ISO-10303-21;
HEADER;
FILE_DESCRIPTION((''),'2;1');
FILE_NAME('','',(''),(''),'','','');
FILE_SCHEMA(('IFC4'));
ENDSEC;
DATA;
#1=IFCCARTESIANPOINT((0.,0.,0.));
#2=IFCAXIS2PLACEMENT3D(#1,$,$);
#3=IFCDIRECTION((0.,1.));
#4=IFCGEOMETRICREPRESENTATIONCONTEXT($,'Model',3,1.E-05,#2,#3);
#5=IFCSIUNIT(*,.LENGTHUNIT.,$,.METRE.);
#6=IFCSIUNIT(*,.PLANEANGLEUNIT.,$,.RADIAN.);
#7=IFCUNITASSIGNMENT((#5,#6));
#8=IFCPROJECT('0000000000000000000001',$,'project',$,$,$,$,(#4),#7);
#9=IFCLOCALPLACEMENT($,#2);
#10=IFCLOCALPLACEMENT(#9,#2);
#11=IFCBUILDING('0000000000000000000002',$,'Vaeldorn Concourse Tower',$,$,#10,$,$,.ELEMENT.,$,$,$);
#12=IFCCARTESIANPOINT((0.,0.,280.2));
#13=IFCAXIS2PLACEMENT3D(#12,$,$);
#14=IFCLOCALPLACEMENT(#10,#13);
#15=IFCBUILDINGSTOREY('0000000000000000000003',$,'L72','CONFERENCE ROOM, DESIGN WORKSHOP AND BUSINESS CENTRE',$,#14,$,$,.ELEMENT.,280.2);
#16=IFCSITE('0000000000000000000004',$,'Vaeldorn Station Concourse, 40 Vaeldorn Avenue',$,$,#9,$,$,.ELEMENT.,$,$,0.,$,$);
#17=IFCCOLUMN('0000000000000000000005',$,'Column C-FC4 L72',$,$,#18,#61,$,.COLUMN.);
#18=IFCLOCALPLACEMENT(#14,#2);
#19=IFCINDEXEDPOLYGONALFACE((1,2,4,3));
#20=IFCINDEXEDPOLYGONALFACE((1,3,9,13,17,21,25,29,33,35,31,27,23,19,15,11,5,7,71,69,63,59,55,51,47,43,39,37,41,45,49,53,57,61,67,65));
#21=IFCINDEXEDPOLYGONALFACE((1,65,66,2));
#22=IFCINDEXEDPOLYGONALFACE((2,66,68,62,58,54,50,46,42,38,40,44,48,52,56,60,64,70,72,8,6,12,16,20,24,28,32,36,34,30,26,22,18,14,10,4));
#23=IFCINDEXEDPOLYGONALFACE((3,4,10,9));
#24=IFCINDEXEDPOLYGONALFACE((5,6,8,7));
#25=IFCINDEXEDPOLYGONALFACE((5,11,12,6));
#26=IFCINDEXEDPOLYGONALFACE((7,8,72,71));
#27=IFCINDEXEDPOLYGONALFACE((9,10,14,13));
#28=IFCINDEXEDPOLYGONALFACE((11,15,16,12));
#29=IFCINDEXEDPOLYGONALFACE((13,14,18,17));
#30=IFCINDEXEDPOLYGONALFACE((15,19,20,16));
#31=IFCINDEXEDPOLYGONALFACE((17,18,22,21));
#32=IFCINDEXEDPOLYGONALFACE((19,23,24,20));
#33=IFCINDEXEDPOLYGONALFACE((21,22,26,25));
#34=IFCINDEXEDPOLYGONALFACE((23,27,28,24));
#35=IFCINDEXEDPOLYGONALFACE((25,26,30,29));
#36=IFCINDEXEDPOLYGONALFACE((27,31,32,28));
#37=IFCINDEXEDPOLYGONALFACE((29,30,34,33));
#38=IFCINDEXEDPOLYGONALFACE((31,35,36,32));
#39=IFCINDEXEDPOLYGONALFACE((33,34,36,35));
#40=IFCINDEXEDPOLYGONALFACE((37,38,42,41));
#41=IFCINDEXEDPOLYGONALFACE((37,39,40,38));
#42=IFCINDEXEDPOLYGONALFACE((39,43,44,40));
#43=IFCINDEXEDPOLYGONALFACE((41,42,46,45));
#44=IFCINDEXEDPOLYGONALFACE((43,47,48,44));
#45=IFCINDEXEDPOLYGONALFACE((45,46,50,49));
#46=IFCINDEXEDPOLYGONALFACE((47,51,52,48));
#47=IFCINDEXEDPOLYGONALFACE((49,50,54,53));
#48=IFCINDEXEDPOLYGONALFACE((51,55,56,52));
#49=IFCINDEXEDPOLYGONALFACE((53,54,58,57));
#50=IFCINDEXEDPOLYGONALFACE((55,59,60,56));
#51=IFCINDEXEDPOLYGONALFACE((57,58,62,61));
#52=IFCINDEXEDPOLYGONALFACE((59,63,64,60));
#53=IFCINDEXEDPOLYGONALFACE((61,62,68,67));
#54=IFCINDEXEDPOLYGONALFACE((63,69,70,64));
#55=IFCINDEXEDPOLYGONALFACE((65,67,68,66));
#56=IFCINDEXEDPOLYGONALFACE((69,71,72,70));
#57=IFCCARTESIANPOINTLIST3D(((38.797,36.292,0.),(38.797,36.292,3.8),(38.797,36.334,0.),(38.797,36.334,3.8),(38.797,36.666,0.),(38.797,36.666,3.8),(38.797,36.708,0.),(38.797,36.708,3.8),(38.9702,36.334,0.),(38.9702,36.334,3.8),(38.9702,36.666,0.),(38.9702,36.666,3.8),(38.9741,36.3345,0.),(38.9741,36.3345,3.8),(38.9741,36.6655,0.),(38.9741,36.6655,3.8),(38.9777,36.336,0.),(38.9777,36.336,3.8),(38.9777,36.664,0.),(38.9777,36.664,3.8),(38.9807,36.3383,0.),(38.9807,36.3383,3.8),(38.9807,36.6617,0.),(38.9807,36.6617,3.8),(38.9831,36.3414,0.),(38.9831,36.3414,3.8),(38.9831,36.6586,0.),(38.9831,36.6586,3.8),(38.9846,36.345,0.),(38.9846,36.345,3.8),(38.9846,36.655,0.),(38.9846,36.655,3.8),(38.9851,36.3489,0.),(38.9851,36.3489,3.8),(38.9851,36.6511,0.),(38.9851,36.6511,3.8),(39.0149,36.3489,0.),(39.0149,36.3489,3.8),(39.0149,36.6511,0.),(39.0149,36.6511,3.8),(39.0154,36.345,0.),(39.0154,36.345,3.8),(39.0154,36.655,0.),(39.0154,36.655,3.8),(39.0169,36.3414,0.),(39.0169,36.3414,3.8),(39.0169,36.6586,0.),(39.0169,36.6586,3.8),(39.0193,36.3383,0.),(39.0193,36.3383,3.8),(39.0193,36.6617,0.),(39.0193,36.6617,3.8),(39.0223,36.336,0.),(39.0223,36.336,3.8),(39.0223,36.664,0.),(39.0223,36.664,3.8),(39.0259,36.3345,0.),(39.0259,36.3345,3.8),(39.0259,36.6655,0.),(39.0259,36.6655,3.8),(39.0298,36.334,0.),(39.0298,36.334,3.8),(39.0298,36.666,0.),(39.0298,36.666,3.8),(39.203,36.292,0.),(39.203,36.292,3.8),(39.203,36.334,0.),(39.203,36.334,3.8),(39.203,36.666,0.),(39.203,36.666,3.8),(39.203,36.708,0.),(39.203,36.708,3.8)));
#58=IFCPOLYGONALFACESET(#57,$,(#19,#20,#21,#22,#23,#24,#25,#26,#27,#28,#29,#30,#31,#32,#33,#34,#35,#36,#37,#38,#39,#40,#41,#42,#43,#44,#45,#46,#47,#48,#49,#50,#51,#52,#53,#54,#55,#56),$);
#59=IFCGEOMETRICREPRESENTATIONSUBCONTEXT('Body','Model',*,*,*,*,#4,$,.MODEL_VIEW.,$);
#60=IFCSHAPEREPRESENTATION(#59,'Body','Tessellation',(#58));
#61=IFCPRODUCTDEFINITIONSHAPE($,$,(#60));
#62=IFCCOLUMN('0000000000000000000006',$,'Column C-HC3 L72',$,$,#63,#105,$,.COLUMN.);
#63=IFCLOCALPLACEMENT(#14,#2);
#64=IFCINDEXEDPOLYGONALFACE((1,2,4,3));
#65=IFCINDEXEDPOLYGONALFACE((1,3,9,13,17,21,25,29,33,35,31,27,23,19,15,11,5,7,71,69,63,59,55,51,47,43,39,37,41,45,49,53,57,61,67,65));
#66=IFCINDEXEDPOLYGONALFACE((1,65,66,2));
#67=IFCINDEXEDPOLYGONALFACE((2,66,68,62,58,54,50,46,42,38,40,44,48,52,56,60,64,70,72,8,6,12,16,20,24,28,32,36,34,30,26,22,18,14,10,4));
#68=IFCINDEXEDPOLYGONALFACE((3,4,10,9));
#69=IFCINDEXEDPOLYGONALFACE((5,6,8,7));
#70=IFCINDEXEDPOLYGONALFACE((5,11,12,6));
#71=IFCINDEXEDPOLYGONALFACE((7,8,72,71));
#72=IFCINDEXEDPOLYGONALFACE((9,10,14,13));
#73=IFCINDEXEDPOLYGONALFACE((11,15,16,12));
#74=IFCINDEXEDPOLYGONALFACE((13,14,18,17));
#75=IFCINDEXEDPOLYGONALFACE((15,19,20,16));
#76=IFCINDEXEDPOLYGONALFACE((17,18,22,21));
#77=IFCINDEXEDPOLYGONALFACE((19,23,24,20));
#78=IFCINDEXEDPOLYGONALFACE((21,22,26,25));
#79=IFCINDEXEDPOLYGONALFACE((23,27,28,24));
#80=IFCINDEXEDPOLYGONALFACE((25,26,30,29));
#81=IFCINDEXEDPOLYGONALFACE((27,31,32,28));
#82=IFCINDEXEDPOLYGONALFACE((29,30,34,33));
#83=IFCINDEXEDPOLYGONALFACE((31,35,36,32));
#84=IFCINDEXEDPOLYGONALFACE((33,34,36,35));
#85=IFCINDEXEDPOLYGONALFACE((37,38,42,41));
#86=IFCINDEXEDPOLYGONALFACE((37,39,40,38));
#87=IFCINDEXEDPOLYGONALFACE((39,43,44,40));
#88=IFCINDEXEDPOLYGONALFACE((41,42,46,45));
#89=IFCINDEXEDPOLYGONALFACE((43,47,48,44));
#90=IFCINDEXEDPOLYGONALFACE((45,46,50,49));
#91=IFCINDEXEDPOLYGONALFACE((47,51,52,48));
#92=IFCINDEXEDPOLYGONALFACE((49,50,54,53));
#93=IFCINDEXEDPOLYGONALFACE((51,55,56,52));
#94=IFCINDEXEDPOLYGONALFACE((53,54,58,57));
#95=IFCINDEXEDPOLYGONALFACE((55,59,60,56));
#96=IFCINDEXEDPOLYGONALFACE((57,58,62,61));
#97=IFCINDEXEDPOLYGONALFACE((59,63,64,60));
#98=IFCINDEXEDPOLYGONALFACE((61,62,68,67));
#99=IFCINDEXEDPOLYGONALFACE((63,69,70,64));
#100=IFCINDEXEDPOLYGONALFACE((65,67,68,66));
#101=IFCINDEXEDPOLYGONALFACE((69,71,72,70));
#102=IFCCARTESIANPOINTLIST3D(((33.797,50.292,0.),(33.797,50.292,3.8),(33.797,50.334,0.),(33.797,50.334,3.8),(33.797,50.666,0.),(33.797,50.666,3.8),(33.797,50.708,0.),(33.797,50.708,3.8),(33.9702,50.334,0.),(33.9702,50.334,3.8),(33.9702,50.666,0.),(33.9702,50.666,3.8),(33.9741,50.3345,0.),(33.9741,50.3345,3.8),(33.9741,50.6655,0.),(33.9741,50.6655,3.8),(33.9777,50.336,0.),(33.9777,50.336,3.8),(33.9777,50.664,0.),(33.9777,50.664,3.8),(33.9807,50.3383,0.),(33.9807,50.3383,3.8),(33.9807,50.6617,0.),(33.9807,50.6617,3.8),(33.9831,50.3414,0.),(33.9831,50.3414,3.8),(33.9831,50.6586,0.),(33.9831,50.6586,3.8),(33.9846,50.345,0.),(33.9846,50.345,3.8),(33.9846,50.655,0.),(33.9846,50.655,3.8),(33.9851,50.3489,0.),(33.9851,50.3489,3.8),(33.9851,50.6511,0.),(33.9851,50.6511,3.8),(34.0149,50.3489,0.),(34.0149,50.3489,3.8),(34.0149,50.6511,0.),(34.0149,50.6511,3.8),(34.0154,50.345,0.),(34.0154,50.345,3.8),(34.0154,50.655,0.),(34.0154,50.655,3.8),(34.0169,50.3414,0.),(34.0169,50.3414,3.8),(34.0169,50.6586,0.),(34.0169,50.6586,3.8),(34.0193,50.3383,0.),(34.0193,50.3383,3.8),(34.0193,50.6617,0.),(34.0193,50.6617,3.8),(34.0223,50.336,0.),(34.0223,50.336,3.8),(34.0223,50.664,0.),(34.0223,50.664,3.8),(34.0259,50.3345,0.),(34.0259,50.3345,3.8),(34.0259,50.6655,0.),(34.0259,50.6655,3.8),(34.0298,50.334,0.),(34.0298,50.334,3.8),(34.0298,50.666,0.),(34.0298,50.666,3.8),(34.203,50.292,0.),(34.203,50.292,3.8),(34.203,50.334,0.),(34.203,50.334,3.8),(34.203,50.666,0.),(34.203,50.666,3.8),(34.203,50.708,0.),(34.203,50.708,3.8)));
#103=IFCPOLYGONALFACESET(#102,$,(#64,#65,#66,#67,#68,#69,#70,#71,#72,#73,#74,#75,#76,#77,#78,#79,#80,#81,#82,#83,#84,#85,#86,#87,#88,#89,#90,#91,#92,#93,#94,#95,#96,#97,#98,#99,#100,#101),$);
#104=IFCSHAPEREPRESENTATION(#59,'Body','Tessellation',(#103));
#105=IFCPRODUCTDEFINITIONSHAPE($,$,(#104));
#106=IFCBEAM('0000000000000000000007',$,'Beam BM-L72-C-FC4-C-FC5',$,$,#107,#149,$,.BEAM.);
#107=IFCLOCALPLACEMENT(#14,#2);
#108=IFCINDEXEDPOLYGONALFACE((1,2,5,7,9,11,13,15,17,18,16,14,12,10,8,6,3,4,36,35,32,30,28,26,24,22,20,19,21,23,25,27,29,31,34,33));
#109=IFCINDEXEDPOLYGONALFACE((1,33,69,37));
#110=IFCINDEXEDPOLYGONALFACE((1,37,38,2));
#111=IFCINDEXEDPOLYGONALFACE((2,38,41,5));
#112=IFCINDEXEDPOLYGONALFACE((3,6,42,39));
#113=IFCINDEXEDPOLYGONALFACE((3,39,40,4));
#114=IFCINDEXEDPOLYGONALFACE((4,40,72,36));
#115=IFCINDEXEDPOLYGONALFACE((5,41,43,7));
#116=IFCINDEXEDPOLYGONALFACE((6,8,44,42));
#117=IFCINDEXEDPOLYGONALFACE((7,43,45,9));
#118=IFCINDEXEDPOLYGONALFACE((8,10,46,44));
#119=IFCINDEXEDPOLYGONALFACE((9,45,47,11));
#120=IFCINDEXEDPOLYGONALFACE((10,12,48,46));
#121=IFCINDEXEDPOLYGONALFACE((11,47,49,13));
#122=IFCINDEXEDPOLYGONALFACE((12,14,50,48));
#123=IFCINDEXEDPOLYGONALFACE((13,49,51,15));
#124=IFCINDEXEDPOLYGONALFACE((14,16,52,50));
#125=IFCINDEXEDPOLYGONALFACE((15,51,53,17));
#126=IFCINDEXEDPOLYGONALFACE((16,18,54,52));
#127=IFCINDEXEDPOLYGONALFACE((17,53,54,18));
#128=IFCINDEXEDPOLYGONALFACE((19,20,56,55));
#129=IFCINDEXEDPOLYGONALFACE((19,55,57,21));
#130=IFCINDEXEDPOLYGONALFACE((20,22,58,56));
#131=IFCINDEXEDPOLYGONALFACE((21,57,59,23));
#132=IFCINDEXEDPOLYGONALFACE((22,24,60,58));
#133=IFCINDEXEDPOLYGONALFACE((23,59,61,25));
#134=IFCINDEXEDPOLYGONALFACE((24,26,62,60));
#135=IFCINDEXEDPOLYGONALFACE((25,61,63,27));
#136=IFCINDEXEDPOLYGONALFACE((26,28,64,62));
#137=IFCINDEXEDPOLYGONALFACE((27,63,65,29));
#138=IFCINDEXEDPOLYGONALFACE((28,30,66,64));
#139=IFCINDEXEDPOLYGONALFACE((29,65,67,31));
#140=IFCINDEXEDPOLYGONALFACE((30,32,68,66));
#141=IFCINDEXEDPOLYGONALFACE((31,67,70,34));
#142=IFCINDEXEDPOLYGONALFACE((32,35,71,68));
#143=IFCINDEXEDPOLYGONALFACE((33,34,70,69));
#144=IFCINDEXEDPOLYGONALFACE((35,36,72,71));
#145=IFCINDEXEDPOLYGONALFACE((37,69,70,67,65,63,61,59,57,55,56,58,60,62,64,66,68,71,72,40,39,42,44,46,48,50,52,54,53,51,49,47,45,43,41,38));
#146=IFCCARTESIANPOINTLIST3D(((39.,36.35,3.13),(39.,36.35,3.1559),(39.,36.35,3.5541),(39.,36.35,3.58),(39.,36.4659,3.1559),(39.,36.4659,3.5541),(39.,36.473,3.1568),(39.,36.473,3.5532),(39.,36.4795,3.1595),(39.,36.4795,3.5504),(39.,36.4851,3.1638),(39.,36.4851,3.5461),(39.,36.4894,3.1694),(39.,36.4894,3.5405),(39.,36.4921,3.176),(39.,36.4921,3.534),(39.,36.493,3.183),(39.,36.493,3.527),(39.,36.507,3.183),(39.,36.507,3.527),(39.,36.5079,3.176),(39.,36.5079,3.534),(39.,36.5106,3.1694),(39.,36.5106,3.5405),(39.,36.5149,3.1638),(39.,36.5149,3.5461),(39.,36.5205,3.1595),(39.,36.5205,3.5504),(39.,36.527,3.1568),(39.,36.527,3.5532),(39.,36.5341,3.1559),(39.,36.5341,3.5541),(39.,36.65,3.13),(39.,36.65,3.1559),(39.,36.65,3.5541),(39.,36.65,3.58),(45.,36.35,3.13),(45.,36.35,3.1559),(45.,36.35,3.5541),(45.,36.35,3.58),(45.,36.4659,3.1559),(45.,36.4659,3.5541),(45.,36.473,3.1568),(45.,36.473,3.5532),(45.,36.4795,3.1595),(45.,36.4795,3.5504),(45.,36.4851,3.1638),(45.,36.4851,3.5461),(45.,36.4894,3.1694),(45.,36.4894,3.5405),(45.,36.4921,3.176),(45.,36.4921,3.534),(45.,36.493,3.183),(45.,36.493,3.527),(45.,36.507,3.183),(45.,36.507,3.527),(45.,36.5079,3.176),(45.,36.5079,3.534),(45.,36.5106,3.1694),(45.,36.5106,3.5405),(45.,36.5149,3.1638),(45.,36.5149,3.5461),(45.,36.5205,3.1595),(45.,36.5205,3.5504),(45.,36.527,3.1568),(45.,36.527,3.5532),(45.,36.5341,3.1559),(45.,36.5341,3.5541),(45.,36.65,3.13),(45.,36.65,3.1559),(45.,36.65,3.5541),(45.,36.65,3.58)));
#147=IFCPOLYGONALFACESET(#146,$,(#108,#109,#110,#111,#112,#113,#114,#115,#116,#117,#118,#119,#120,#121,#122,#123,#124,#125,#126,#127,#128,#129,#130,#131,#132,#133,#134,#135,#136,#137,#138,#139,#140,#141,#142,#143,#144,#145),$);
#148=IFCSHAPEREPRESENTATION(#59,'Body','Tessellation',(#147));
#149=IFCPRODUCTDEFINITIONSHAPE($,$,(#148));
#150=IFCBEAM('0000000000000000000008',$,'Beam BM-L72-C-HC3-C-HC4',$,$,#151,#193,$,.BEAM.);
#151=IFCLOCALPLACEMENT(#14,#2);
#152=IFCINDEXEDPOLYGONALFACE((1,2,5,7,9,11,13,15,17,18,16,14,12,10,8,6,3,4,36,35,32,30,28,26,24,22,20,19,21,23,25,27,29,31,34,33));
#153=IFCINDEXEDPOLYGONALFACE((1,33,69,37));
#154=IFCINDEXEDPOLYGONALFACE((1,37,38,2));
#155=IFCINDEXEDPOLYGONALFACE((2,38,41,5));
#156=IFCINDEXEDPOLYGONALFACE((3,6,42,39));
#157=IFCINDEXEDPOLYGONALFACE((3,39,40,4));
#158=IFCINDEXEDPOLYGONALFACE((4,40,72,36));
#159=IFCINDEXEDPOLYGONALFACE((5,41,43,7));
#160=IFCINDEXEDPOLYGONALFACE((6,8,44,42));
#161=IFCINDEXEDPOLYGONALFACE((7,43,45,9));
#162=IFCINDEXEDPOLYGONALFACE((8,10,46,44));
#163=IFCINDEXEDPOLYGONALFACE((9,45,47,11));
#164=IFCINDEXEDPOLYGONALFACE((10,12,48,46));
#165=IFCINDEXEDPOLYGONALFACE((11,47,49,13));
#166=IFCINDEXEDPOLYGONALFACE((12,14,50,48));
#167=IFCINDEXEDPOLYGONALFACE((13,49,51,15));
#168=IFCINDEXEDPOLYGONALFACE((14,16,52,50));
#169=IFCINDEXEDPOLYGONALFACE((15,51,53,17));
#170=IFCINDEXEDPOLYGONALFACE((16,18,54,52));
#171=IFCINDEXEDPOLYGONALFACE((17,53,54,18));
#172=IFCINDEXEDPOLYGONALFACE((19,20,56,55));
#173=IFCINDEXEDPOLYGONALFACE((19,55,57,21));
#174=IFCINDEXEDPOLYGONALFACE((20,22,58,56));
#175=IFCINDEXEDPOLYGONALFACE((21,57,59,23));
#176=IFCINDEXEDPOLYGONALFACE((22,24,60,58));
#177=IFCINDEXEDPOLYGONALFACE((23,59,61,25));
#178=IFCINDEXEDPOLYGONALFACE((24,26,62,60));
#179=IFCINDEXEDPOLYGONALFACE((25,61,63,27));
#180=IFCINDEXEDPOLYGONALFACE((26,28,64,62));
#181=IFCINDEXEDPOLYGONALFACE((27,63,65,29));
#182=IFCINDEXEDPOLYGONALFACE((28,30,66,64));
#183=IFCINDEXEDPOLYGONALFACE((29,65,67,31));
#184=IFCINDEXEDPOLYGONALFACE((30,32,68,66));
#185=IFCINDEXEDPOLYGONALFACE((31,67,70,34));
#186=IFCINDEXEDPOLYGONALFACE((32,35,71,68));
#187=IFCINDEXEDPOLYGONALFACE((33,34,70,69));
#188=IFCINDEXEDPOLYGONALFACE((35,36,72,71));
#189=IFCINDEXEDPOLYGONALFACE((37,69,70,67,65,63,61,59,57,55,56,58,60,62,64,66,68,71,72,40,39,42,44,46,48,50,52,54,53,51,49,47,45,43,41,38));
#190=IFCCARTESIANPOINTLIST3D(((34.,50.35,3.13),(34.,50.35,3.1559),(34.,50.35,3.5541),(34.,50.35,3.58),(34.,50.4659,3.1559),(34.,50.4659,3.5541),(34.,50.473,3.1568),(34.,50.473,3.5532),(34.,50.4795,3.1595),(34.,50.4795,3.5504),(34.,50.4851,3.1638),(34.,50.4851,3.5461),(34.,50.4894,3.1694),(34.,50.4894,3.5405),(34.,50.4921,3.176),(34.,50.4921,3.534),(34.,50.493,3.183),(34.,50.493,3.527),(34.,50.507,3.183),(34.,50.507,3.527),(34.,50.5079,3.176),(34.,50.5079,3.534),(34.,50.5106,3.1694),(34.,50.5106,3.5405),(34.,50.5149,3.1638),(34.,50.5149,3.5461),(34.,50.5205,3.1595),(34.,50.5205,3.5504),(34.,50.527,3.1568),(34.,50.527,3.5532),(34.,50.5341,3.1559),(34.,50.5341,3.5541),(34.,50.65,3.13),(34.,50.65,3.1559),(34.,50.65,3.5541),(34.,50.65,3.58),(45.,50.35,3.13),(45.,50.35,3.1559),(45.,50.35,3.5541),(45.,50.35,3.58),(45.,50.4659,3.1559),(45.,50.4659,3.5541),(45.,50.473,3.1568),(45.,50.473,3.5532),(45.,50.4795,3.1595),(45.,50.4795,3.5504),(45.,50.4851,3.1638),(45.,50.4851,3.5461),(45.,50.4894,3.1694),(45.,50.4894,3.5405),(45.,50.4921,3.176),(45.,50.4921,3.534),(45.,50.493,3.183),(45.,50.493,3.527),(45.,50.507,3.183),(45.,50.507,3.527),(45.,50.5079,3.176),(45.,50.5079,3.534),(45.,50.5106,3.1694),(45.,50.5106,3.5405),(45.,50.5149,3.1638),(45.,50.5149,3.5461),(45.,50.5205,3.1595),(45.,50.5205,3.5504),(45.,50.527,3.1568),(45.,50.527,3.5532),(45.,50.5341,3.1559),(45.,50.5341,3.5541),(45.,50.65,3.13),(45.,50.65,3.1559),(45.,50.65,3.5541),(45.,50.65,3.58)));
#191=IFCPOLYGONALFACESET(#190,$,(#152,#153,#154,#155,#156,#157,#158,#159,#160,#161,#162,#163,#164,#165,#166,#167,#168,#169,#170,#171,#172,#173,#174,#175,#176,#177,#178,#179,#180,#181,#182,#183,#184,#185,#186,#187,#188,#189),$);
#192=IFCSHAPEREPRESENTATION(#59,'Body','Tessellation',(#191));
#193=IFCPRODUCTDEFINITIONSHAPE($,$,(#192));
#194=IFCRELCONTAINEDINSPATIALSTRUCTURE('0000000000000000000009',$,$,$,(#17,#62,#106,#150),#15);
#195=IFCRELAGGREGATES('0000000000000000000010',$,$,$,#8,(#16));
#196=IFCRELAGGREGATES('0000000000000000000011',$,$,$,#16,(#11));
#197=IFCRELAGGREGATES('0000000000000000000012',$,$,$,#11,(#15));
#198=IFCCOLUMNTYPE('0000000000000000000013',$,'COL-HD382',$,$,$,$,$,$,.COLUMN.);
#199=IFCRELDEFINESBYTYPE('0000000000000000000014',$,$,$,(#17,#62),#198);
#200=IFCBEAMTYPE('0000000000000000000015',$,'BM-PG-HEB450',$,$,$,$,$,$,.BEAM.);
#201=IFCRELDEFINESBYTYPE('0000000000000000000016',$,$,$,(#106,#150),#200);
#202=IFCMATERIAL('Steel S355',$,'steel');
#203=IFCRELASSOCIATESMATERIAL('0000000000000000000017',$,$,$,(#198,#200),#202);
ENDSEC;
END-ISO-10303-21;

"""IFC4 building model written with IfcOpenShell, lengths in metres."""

from ifc_helpers import new_model, si_unit, direction, frame, origin, origin_2d, place, context, subcontext, project, spatial, i_section, extrude, source, transform, mapped, material, material_profile, profile_set, type_object, element, save


model = new_model("IFC4")

# Units and contexts
model_context = context("Model", 3, precision=1e-05, world=origin(), true_north=direction((0.0, 1.0)))
body_context = subcontext(model_context, "Body", "Model", "MODEL_VIEW")
ifc_project = project(units=[si_unit("LENGTHUNIT", "METRE"), si_unit("PLANEANGLEUNIT", "RADIAN")], contexts=[model_context])

# Site, building, storey
site_placement = place(None, origin())
site = spatial("IfcSite", under=ifc_project, at=site_placement, Name="Vaeldorn Station Concourse, 40 Vaeldorn Avenue", CompositionType="ELEMENT", RefElevation=0.0)
building_placement = place(site_placement, origin())
building = spatial("IfcBuilding", under=site, at=building_placement, Name="Vaeldorn Concourse Tower", CompositionType="ELEMENT")
storey_placement = place(building_placement, frame((0.0, 0.0, 280.2)))
storey = spatial("IfcBuildingStorey", under=building, at=storey_placement, Name="L72", Description="CONFERENCE ROOM, DESIGN WORKSHOP AND BUSINESS CENTRE", CompositionType="ELEMENT", Elevation=280.2)

# Columns
ifc_material_1 = material(Name="Steel S355", Category="steel")
ifc_material_profile_1 = material_profile(ifc_material_1, i_section(OverallWidth=0.406, OverallDepth=0.416, WebThickness=0.0298, FlangeThickness=0.042, FilletRadius=0.0149, at=origin_2d()), Name="HD 400x382")
ifc_profile_set_1 = profile_set([ifc_material_profile_1], Name="Steel S355")
column_type = type_object("IfcColumnType", Name="COL-HD382", PredefinedType="COLUMN", material=ifc_profile_set_1)
shared_shape_1 = source(origin(), body_context, "Body", "SweptSolid", [
    extrude(i_section(OverallWidth=0.406, OverallDepth=0.416, WebThickness=0.0298, FlangeThickness=0.042, FilletRadius=0.0149, at=origin_2d()), origin(), (0.0, 0.0, 1.0), 3.8),
])
for number, where, z_axis, x_axis, name in (
    (1, (39.0, 36.5, 0.0), (0.0, 0.0, 1.0), (1.0, 0.0, 0.0), "Column C-FC4 L72"),
    (2, (34.0, 50.5, 0.0), (0.0, 0.0, 1.0), (1.0, 0.0, 0.0), "Column C-HC3 L72"),
):
    element("IfcColumn", number, at=place(storey_placement, frame(where, z_axis=z_axis, x_axis=x_axis)), inside=storey, type_object=column_type, Name=name, PredefinedType="COLUMN", context=body_context, shape_type="MappedRepresentation", body=[
        mapped(shared_shape_1, transform((0.0, 0.0, 0.0), scale=1.0)),
    ])

# Beams
ifc_material_profile_2 = material_profile(ifc_material_1, i_section(OverallWidth=0.3, OverallDepth=0.45, WebThickness=0.0139, FlangeThickness=0.0259, FilletRadius=0.0271, at=origin_2d()), Name="HEB 450")
ifc_profile_set_2 = profile_set([ifc_material_profile_2], Name="Steel S355")
beam_type = type_object("IfcBeamType", Name="BM-PG-HEB450", PredefinedType="BEAM", material=ifc_profile_set_2)
shared_shape_2 = source(origin(), body_context, "Body", "SweptSolid", [
    extrude(i_section(OverallWidth=0.3, OverallDepth=0.45, WebThickness=0.0139, FlangeThickness=0.0259, FilletRadius=0.0271, at=origin_2d()), origin(), (0.0, 0.0, 1.0), 6.0),
])
beam_1_placement = place(storey_placement, frame((39.0, 36.5, 3.355), z_axis=(1.0, 0.0, 0.0), x_axis=(0.0, 1.0, 0.0)))
element("IfcBeam", 3, at=beam_1_placement, inside=storey, type_object=beam_type, Name="Beam BM-L72-C-FC4-C-FC5", PredefinedType="BEAM", context=body_context, shape_type="MappedRepresentation", body=[
    mapped(shared_shape_2, transform((0.0, 0.0, 0.0), scale=1.0)),
])
shared_shape_3 = source(origin(), body_context, "Body", "SweptSolid", [
    extrude(i_section(OverallWidth=0.3, OverallDepth=0.45, WebThickness=0.0139, FlangeThickness=0.0259, FilletRadius=0.0271, at=origin_2d()), origin(), (0.0, 0.0, 1.0), 11.0),
])
beam_2_placement = place(storey_placement, frame((34.0, 50.5, 3.355), z_axis=(1.0, 0.0, 0.0), x_axis=(0.0, 1.0, 0.0)))
element("IfcBeam", 4, at=beam_2_placement, inside=storey, type_object=beam_type, Name="Beam BM-L72-C-HC3-C-HC4", PredefinedType="BEAM", context=body_context, shape_type="MappedRepresentation", body=[
    mapped(shared_shape_3, transform((0.0, 0.0, 0.0), scale=1.0)),
])

save(model, "model.ifc")
